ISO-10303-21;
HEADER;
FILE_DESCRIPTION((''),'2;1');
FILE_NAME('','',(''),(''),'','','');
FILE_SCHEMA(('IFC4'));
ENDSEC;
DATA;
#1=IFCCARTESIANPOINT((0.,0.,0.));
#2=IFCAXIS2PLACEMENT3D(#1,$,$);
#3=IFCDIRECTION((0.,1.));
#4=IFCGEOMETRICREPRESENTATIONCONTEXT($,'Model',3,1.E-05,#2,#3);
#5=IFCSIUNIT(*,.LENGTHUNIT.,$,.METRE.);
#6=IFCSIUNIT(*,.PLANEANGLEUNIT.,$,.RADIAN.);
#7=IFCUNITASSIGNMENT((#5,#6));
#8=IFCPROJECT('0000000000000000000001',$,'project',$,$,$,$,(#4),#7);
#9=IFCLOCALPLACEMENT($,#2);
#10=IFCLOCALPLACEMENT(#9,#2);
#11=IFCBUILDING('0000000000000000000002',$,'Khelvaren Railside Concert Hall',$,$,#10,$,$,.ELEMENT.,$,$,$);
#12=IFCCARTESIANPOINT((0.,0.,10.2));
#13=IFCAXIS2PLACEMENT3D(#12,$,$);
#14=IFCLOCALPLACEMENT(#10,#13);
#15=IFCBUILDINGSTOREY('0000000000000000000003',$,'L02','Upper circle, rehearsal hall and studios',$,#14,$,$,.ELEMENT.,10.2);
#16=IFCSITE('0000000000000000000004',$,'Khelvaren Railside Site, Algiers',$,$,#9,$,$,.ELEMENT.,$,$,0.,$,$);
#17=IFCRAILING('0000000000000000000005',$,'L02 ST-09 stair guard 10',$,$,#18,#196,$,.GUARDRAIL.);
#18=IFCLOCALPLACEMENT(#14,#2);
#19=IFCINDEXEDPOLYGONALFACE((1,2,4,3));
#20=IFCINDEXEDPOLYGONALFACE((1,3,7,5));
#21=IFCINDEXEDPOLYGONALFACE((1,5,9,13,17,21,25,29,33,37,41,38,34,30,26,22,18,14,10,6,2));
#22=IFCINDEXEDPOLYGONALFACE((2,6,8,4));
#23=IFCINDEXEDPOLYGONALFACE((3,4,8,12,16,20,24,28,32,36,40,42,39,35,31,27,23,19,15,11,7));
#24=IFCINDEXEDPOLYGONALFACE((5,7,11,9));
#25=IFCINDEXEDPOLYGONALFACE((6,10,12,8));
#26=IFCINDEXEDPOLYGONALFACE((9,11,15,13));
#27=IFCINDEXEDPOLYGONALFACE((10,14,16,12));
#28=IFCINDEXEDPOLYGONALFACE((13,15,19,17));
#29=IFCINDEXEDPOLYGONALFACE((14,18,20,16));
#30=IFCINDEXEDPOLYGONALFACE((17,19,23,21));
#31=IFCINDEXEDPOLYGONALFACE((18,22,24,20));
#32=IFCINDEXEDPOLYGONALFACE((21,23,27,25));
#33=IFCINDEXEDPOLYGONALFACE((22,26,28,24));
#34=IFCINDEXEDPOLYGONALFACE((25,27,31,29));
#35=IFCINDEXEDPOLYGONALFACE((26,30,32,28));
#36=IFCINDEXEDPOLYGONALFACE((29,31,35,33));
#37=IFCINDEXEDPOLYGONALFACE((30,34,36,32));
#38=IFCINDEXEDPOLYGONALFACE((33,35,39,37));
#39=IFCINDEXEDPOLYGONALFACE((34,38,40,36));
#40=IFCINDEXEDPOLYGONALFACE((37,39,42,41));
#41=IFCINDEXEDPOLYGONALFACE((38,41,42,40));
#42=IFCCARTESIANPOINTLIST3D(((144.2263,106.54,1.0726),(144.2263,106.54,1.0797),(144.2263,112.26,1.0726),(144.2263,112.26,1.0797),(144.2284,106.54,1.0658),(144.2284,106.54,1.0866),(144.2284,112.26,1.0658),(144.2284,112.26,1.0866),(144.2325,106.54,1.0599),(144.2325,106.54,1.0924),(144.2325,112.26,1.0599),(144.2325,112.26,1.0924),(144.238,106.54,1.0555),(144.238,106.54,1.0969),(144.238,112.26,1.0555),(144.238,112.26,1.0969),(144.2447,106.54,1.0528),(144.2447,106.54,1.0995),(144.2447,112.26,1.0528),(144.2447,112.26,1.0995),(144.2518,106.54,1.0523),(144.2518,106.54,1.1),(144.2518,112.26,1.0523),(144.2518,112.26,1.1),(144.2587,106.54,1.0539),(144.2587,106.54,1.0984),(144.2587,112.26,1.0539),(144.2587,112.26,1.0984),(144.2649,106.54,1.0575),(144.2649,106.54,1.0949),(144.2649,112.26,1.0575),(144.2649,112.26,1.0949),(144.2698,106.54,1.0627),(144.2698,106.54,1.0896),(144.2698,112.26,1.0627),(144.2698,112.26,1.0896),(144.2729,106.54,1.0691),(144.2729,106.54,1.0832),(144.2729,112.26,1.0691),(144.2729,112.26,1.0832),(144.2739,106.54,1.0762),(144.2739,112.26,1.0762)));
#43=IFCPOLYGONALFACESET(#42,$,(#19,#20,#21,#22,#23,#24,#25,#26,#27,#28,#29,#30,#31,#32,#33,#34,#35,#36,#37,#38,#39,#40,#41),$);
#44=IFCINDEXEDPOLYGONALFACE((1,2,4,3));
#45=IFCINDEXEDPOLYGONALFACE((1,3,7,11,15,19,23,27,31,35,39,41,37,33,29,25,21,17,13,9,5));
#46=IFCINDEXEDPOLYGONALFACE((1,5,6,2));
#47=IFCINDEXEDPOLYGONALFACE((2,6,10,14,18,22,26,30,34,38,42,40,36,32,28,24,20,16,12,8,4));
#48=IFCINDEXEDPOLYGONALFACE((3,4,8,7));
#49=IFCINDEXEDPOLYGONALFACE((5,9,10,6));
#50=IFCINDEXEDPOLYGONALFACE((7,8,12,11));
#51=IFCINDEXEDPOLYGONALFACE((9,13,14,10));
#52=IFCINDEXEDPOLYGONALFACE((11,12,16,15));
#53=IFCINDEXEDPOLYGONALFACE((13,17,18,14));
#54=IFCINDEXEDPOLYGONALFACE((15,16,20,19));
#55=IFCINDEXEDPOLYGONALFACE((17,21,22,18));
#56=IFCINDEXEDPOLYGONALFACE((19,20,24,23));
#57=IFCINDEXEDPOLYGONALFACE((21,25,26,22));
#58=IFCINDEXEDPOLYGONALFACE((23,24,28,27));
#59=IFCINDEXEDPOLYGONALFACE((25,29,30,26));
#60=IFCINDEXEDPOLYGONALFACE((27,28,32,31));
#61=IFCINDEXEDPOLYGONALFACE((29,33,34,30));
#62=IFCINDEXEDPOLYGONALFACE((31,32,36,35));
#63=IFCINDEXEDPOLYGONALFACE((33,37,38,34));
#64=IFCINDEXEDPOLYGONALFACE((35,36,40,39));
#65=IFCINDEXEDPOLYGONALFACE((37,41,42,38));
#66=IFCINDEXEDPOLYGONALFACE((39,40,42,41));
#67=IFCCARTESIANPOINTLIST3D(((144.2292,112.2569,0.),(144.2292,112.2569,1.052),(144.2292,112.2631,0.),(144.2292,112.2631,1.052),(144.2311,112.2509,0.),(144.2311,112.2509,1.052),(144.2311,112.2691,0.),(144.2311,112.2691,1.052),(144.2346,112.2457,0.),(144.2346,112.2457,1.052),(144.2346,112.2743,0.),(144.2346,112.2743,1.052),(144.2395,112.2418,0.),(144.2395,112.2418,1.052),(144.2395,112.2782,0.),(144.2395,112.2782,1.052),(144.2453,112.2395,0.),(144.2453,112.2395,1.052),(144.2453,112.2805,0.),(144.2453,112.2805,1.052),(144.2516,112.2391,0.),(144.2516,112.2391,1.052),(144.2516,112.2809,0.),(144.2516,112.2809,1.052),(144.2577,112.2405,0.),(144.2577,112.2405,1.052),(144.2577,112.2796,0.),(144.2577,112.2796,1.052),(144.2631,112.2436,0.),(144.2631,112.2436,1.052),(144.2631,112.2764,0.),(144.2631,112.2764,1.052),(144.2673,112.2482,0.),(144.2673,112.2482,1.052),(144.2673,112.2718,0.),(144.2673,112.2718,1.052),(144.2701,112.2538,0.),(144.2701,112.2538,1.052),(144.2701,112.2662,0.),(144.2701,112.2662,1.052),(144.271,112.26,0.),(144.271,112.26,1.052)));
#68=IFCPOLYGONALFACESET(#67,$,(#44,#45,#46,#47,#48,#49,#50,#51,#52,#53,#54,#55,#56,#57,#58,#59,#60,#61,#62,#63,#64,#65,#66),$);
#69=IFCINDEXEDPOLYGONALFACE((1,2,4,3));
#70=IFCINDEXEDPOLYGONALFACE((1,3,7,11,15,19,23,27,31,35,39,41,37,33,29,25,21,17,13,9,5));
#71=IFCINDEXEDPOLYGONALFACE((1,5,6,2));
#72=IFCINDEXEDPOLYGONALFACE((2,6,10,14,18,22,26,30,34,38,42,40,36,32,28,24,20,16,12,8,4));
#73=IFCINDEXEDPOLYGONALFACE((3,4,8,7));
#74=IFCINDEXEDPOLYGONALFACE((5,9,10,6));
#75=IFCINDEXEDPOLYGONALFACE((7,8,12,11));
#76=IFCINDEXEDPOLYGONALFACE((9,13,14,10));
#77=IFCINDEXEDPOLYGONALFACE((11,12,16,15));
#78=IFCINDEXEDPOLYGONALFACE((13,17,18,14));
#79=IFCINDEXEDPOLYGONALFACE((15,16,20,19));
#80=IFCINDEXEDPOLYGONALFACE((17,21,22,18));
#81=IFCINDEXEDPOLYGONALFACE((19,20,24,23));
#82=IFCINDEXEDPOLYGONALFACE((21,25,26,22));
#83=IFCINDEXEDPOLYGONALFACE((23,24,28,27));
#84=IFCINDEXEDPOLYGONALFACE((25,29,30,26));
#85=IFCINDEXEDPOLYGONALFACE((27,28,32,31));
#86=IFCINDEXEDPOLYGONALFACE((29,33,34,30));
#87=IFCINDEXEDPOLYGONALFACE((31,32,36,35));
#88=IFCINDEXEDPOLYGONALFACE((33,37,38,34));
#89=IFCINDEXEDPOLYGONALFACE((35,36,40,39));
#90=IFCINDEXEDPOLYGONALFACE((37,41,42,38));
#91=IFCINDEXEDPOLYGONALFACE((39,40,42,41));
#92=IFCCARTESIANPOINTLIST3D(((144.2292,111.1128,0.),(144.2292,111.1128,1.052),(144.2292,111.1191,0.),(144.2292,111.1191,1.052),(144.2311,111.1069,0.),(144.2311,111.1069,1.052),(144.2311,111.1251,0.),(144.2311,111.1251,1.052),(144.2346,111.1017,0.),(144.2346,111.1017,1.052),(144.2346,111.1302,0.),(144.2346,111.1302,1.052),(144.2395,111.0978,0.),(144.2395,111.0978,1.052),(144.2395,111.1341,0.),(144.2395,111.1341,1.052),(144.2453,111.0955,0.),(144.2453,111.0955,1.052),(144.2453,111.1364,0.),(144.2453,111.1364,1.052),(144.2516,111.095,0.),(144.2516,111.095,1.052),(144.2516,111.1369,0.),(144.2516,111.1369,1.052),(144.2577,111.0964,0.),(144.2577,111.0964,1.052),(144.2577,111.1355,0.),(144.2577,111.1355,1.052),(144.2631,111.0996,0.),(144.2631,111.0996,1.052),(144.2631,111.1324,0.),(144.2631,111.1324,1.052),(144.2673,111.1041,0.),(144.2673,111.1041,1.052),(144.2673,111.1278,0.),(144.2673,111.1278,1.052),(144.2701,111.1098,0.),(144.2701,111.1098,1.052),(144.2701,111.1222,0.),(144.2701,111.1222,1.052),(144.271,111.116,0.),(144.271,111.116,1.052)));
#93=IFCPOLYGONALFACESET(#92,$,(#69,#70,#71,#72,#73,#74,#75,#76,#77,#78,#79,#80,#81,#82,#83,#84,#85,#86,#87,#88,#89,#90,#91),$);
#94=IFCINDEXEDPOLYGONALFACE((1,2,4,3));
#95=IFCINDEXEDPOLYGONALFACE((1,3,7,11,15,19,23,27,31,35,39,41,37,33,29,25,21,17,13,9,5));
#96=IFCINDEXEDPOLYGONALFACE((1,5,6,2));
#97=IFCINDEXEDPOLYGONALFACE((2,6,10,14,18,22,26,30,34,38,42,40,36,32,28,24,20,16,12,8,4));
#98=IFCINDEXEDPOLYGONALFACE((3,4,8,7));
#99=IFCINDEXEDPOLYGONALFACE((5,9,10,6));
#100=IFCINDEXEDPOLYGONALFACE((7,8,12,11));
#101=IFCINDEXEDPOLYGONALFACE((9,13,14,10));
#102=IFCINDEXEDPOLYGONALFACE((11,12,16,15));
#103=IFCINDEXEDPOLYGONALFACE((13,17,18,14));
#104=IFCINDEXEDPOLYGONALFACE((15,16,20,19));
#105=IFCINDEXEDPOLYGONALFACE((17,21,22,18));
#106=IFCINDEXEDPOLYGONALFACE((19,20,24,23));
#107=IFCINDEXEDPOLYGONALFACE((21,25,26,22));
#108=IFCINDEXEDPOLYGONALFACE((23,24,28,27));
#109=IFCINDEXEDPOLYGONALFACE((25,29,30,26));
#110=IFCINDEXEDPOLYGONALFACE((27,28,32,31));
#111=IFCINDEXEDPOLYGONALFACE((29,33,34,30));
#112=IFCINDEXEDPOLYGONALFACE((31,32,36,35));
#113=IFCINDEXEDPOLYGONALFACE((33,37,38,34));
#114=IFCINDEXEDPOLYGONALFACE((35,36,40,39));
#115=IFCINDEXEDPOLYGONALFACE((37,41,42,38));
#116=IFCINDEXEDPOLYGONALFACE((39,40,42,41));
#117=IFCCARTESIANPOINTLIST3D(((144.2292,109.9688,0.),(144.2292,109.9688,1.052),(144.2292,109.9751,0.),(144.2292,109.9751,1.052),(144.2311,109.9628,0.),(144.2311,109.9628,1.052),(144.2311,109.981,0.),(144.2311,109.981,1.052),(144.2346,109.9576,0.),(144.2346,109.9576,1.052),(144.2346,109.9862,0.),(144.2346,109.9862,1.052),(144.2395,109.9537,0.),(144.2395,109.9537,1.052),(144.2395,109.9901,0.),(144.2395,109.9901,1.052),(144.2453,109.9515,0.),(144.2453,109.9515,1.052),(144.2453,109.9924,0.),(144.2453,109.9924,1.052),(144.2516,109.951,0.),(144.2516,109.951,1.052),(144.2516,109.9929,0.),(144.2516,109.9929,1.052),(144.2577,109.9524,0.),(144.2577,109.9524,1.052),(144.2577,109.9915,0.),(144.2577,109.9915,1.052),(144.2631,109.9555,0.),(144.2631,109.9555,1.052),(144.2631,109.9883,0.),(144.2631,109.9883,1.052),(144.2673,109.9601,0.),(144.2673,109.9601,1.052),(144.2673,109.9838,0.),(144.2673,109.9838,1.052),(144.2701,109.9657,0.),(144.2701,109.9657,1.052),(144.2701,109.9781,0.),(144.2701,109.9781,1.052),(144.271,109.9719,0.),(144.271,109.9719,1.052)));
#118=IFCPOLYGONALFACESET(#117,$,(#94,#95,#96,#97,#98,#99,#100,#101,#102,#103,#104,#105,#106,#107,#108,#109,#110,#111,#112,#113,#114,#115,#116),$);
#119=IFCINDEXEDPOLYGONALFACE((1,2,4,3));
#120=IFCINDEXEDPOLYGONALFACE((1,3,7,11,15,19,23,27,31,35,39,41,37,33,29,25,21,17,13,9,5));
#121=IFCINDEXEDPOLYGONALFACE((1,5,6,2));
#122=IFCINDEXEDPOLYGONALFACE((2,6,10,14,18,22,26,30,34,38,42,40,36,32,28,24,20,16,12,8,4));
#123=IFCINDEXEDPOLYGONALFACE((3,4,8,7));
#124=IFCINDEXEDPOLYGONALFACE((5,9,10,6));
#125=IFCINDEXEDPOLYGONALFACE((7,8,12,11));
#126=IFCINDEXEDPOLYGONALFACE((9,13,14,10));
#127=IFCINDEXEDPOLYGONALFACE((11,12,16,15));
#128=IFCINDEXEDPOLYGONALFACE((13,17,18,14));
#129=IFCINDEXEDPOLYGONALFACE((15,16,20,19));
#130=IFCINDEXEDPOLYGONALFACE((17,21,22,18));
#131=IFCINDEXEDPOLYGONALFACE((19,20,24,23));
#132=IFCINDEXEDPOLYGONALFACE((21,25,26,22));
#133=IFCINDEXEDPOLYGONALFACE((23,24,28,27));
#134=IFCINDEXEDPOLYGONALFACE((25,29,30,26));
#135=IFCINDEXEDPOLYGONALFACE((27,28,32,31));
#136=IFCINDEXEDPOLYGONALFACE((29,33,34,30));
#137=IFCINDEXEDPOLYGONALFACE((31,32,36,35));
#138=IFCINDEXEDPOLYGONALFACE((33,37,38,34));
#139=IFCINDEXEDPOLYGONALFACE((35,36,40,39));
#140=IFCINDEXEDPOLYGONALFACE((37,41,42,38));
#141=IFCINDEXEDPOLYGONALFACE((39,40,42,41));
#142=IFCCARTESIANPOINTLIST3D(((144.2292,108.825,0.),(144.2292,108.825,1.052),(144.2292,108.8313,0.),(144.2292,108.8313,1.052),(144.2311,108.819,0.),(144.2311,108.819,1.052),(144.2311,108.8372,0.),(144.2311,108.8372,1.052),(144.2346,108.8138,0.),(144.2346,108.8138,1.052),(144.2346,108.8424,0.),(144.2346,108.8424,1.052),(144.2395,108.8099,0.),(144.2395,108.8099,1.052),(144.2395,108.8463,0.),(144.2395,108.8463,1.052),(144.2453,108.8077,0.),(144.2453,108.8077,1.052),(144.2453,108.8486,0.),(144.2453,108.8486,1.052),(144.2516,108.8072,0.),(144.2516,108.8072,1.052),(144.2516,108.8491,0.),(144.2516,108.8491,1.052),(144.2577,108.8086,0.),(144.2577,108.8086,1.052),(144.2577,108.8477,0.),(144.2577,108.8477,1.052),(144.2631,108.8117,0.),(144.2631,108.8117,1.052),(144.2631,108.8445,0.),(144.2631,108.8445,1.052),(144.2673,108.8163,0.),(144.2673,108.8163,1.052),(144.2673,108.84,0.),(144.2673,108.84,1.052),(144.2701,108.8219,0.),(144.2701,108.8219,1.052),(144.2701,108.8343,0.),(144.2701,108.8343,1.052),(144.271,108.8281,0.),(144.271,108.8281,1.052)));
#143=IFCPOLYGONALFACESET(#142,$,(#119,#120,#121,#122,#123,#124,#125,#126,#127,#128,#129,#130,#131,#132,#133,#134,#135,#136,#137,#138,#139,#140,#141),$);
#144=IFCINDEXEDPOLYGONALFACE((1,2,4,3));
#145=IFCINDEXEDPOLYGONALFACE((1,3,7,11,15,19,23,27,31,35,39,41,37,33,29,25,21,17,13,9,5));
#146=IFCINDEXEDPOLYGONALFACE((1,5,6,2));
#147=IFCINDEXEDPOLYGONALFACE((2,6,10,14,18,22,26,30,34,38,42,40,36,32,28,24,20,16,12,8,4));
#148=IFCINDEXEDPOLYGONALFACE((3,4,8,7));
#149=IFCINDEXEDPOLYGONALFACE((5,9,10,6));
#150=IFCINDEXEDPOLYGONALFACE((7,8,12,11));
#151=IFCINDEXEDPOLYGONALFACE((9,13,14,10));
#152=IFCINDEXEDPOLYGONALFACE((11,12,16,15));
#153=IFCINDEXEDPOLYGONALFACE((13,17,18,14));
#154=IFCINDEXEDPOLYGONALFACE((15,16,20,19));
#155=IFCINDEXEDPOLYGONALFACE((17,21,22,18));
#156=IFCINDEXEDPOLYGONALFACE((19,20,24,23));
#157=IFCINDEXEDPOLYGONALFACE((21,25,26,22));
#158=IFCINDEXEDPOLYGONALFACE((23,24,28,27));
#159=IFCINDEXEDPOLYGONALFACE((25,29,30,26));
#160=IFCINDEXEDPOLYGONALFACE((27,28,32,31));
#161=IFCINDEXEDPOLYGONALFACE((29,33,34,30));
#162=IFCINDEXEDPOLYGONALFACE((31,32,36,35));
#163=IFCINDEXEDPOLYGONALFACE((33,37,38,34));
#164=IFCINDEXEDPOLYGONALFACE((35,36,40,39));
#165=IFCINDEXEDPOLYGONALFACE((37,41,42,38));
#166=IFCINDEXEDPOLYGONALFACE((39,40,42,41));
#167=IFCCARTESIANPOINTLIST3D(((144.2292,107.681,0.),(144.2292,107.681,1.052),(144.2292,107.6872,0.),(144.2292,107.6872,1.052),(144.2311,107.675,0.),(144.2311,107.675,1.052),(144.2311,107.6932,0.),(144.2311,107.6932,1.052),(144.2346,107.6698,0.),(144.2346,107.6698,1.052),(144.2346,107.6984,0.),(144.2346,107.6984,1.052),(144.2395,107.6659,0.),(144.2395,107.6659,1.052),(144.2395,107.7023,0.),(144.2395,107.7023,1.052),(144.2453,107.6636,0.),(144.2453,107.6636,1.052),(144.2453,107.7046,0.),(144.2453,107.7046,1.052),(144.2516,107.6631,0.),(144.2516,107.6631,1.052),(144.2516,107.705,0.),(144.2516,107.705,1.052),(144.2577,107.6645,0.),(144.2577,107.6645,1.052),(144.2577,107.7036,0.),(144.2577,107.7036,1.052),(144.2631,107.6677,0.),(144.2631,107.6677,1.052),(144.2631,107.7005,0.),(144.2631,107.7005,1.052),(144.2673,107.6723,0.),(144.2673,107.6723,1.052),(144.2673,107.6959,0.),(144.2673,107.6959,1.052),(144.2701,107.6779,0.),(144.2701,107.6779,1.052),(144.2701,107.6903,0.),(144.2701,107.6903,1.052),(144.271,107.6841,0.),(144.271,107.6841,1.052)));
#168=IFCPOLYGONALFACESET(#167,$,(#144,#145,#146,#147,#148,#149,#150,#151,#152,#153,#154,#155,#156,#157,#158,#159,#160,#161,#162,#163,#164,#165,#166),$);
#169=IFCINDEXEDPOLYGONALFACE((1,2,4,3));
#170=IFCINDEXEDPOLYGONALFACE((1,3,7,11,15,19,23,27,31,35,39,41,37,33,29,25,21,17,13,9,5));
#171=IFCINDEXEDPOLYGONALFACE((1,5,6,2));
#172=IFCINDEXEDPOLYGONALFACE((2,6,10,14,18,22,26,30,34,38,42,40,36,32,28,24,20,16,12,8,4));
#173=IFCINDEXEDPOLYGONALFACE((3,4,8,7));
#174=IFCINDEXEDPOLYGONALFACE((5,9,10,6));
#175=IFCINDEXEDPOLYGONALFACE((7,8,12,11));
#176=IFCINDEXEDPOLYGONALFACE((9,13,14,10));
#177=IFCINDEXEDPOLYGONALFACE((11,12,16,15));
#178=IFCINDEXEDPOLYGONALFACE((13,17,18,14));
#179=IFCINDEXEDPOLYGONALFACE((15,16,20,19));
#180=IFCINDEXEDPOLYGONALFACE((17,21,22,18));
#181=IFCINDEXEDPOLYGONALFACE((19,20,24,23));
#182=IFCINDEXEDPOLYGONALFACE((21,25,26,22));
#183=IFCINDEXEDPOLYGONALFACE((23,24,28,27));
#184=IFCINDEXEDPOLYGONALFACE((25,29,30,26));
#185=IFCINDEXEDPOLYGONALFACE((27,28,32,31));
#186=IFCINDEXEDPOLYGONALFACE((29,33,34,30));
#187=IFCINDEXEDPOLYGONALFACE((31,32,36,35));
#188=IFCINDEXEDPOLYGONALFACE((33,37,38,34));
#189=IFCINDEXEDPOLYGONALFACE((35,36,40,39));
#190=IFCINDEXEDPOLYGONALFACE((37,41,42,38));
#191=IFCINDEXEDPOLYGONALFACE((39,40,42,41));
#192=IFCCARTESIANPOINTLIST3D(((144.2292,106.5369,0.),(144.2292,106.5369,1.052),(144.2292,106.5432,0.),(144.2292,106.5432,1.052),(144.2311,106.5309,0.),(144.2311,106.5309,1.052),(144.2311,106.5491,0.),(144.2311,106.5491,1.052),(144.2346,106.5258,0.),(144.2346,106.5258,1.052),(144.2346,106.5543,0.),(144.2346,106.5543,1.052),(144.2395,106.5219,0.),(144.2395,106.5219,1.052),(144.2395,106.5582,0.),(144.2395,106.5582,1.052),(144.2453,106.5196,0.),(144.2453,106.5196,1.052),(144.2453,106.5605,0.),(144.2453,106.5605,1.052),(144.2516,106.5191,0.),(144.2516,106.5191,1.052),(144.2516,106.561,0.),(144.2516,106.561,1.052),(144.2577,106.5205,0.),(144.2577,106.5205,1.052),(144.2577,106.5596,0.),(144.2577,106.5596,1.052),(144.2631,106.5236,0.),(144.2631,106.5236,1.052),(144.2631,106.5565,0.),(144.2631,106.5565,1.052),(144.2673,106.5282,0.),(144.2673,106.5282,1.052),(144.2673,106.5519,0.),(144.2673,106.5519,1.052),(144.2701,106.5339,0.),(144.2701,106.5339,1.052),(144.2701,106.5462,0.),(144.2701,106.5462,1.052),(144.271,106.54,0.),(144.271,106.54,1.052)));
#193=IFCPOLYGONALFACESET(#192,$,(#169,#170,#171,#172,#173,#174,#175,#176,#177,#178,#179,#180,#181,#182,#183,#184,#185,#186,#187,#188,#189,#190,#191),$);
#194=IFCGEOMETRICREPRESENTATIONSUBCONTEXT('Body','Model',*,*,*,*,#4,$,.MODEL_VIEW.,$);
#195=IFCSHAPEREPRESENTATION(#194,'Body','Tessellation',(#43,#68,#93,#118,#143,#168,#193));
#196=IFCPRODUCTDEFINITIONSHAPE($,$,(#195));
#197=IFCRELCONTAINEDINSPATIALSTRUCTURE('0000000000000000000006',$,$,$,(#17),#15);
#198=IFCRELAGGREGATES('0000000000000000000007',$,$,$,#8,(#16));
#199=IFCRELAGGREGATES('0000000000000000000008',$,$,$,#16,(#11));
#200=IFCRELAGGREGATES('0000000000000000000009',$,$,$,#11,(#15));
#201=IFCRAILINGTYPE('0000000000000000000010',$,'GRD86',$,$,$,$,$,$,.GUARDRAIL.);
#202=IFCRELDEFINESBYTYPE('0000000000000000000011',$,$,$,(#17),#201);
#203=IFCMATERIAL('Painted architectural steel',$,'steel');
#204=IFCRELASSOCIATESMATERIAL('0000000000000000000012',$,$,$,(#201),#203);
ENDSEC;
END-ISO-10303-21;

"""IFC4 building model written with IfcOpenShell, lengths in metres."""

from ifc_helpers import new_model, si_unit, direction, frame, origin, origin_2d, place, context, subcontext, project, spatial, circle, extrude, material, type_object, element, save


model = new_model("IFC4")

# Units and contexts
model_context = context("Model", 3, precision=1e-05, world=origin(), true_north=direction((0.0, 1.0)))
body_context = subcontext(model_context, "Body", "Model", "MODEL_VIEW")
ifc_project = project(units=[si_unit("LENGTHUNIT", "METRE"), si_unit("PLANEANGLEUNIT", "RADIAN")], contexts=[model_context])

# Site, building, storey
site_placement = place(None, origin())
site = spatial("IfcSite", under=ifc_project, at=site_placement, Name="Khelvaren Railside Site, Algiers", CompositionType="ELEMENT", RefElevation=0.0)
building_placement = place(site_placement, origin())
building = spatial("IfcBuilding", under=site, at=building_placement, Name="Khelvaren Railside Concert Hall", CompositionType="ELEMENT")
storey_placement = place(building_placement, frame((0.0, 0.0, 10.2)))
storey = spatial("IfcBuildingStorey", under=building, at=storey_placement, Name="L02", Description="Upper circle, rehearsal hall and studios", CompositionType="ELEMENT", Elevation=10.2)

# Railing
ifc_material_1 = material(Name="Painted architectural steel", Category="steel")
railing_type_1 = type_object("IfcRailingType", Name="GRD86", PredefinedType="GUARDRAIL", material=ifc_material_1)
railing_1_placement = place(storey_placement, frame((144.25, 112.26, 0.0)))
element("IfcRailing", 1, at=railing_1_placement, inside=storey, type_object=railing_type_1, Name="L02 ST-09 stair guard 10", PredefinedType="GUARDRAIL", context=body_context, shape_type="SweptSolid", body=[
    extrude(circle(Radius=0.0239, at=origin_2d()), frame((0.0, 0.0, 1.0762), z_axis=(0.0, -1.0, 0.0), x_axis=(1.0, 0.0, 0.0)), (0.0, 0.0, 1.0), 5.72),
    extrude(circle(Radius=0.021, at=origin_2d()), origin(), (0.0, 0.0, 1.0), 1.052),
    extrude(circle(Radius=0.021, at=origin_2d()), frame((0.0, -1.144, 0.0)), (0.0, 0.0, 1.0), 1.052),
    extrude(circle(Radius=0.021, at=origin_2d()), frame((0.0, -2.2881, 0.0)), (0.0, 0.0, 1.0), 1.052),
    extrude(circle(Radius=0.021, at=origin_2d()), frame((0.0, -3.4319, 0.0)), (0.0, 0.0, 1.0), 1.052),
    extrude(circle(Radius=0.021, at=origin_2d()), frame((0.0, -4.5759, 0.0)), (0.0, 0.0, 1.0), 1.052),
    extrude(circle(Radius=0.021, at=origin_2d()), frame((0.0, -5.72, 0.0)), (0.0, 0.0, 1.0), 1.052),
])

save(model, "model.ifc")
